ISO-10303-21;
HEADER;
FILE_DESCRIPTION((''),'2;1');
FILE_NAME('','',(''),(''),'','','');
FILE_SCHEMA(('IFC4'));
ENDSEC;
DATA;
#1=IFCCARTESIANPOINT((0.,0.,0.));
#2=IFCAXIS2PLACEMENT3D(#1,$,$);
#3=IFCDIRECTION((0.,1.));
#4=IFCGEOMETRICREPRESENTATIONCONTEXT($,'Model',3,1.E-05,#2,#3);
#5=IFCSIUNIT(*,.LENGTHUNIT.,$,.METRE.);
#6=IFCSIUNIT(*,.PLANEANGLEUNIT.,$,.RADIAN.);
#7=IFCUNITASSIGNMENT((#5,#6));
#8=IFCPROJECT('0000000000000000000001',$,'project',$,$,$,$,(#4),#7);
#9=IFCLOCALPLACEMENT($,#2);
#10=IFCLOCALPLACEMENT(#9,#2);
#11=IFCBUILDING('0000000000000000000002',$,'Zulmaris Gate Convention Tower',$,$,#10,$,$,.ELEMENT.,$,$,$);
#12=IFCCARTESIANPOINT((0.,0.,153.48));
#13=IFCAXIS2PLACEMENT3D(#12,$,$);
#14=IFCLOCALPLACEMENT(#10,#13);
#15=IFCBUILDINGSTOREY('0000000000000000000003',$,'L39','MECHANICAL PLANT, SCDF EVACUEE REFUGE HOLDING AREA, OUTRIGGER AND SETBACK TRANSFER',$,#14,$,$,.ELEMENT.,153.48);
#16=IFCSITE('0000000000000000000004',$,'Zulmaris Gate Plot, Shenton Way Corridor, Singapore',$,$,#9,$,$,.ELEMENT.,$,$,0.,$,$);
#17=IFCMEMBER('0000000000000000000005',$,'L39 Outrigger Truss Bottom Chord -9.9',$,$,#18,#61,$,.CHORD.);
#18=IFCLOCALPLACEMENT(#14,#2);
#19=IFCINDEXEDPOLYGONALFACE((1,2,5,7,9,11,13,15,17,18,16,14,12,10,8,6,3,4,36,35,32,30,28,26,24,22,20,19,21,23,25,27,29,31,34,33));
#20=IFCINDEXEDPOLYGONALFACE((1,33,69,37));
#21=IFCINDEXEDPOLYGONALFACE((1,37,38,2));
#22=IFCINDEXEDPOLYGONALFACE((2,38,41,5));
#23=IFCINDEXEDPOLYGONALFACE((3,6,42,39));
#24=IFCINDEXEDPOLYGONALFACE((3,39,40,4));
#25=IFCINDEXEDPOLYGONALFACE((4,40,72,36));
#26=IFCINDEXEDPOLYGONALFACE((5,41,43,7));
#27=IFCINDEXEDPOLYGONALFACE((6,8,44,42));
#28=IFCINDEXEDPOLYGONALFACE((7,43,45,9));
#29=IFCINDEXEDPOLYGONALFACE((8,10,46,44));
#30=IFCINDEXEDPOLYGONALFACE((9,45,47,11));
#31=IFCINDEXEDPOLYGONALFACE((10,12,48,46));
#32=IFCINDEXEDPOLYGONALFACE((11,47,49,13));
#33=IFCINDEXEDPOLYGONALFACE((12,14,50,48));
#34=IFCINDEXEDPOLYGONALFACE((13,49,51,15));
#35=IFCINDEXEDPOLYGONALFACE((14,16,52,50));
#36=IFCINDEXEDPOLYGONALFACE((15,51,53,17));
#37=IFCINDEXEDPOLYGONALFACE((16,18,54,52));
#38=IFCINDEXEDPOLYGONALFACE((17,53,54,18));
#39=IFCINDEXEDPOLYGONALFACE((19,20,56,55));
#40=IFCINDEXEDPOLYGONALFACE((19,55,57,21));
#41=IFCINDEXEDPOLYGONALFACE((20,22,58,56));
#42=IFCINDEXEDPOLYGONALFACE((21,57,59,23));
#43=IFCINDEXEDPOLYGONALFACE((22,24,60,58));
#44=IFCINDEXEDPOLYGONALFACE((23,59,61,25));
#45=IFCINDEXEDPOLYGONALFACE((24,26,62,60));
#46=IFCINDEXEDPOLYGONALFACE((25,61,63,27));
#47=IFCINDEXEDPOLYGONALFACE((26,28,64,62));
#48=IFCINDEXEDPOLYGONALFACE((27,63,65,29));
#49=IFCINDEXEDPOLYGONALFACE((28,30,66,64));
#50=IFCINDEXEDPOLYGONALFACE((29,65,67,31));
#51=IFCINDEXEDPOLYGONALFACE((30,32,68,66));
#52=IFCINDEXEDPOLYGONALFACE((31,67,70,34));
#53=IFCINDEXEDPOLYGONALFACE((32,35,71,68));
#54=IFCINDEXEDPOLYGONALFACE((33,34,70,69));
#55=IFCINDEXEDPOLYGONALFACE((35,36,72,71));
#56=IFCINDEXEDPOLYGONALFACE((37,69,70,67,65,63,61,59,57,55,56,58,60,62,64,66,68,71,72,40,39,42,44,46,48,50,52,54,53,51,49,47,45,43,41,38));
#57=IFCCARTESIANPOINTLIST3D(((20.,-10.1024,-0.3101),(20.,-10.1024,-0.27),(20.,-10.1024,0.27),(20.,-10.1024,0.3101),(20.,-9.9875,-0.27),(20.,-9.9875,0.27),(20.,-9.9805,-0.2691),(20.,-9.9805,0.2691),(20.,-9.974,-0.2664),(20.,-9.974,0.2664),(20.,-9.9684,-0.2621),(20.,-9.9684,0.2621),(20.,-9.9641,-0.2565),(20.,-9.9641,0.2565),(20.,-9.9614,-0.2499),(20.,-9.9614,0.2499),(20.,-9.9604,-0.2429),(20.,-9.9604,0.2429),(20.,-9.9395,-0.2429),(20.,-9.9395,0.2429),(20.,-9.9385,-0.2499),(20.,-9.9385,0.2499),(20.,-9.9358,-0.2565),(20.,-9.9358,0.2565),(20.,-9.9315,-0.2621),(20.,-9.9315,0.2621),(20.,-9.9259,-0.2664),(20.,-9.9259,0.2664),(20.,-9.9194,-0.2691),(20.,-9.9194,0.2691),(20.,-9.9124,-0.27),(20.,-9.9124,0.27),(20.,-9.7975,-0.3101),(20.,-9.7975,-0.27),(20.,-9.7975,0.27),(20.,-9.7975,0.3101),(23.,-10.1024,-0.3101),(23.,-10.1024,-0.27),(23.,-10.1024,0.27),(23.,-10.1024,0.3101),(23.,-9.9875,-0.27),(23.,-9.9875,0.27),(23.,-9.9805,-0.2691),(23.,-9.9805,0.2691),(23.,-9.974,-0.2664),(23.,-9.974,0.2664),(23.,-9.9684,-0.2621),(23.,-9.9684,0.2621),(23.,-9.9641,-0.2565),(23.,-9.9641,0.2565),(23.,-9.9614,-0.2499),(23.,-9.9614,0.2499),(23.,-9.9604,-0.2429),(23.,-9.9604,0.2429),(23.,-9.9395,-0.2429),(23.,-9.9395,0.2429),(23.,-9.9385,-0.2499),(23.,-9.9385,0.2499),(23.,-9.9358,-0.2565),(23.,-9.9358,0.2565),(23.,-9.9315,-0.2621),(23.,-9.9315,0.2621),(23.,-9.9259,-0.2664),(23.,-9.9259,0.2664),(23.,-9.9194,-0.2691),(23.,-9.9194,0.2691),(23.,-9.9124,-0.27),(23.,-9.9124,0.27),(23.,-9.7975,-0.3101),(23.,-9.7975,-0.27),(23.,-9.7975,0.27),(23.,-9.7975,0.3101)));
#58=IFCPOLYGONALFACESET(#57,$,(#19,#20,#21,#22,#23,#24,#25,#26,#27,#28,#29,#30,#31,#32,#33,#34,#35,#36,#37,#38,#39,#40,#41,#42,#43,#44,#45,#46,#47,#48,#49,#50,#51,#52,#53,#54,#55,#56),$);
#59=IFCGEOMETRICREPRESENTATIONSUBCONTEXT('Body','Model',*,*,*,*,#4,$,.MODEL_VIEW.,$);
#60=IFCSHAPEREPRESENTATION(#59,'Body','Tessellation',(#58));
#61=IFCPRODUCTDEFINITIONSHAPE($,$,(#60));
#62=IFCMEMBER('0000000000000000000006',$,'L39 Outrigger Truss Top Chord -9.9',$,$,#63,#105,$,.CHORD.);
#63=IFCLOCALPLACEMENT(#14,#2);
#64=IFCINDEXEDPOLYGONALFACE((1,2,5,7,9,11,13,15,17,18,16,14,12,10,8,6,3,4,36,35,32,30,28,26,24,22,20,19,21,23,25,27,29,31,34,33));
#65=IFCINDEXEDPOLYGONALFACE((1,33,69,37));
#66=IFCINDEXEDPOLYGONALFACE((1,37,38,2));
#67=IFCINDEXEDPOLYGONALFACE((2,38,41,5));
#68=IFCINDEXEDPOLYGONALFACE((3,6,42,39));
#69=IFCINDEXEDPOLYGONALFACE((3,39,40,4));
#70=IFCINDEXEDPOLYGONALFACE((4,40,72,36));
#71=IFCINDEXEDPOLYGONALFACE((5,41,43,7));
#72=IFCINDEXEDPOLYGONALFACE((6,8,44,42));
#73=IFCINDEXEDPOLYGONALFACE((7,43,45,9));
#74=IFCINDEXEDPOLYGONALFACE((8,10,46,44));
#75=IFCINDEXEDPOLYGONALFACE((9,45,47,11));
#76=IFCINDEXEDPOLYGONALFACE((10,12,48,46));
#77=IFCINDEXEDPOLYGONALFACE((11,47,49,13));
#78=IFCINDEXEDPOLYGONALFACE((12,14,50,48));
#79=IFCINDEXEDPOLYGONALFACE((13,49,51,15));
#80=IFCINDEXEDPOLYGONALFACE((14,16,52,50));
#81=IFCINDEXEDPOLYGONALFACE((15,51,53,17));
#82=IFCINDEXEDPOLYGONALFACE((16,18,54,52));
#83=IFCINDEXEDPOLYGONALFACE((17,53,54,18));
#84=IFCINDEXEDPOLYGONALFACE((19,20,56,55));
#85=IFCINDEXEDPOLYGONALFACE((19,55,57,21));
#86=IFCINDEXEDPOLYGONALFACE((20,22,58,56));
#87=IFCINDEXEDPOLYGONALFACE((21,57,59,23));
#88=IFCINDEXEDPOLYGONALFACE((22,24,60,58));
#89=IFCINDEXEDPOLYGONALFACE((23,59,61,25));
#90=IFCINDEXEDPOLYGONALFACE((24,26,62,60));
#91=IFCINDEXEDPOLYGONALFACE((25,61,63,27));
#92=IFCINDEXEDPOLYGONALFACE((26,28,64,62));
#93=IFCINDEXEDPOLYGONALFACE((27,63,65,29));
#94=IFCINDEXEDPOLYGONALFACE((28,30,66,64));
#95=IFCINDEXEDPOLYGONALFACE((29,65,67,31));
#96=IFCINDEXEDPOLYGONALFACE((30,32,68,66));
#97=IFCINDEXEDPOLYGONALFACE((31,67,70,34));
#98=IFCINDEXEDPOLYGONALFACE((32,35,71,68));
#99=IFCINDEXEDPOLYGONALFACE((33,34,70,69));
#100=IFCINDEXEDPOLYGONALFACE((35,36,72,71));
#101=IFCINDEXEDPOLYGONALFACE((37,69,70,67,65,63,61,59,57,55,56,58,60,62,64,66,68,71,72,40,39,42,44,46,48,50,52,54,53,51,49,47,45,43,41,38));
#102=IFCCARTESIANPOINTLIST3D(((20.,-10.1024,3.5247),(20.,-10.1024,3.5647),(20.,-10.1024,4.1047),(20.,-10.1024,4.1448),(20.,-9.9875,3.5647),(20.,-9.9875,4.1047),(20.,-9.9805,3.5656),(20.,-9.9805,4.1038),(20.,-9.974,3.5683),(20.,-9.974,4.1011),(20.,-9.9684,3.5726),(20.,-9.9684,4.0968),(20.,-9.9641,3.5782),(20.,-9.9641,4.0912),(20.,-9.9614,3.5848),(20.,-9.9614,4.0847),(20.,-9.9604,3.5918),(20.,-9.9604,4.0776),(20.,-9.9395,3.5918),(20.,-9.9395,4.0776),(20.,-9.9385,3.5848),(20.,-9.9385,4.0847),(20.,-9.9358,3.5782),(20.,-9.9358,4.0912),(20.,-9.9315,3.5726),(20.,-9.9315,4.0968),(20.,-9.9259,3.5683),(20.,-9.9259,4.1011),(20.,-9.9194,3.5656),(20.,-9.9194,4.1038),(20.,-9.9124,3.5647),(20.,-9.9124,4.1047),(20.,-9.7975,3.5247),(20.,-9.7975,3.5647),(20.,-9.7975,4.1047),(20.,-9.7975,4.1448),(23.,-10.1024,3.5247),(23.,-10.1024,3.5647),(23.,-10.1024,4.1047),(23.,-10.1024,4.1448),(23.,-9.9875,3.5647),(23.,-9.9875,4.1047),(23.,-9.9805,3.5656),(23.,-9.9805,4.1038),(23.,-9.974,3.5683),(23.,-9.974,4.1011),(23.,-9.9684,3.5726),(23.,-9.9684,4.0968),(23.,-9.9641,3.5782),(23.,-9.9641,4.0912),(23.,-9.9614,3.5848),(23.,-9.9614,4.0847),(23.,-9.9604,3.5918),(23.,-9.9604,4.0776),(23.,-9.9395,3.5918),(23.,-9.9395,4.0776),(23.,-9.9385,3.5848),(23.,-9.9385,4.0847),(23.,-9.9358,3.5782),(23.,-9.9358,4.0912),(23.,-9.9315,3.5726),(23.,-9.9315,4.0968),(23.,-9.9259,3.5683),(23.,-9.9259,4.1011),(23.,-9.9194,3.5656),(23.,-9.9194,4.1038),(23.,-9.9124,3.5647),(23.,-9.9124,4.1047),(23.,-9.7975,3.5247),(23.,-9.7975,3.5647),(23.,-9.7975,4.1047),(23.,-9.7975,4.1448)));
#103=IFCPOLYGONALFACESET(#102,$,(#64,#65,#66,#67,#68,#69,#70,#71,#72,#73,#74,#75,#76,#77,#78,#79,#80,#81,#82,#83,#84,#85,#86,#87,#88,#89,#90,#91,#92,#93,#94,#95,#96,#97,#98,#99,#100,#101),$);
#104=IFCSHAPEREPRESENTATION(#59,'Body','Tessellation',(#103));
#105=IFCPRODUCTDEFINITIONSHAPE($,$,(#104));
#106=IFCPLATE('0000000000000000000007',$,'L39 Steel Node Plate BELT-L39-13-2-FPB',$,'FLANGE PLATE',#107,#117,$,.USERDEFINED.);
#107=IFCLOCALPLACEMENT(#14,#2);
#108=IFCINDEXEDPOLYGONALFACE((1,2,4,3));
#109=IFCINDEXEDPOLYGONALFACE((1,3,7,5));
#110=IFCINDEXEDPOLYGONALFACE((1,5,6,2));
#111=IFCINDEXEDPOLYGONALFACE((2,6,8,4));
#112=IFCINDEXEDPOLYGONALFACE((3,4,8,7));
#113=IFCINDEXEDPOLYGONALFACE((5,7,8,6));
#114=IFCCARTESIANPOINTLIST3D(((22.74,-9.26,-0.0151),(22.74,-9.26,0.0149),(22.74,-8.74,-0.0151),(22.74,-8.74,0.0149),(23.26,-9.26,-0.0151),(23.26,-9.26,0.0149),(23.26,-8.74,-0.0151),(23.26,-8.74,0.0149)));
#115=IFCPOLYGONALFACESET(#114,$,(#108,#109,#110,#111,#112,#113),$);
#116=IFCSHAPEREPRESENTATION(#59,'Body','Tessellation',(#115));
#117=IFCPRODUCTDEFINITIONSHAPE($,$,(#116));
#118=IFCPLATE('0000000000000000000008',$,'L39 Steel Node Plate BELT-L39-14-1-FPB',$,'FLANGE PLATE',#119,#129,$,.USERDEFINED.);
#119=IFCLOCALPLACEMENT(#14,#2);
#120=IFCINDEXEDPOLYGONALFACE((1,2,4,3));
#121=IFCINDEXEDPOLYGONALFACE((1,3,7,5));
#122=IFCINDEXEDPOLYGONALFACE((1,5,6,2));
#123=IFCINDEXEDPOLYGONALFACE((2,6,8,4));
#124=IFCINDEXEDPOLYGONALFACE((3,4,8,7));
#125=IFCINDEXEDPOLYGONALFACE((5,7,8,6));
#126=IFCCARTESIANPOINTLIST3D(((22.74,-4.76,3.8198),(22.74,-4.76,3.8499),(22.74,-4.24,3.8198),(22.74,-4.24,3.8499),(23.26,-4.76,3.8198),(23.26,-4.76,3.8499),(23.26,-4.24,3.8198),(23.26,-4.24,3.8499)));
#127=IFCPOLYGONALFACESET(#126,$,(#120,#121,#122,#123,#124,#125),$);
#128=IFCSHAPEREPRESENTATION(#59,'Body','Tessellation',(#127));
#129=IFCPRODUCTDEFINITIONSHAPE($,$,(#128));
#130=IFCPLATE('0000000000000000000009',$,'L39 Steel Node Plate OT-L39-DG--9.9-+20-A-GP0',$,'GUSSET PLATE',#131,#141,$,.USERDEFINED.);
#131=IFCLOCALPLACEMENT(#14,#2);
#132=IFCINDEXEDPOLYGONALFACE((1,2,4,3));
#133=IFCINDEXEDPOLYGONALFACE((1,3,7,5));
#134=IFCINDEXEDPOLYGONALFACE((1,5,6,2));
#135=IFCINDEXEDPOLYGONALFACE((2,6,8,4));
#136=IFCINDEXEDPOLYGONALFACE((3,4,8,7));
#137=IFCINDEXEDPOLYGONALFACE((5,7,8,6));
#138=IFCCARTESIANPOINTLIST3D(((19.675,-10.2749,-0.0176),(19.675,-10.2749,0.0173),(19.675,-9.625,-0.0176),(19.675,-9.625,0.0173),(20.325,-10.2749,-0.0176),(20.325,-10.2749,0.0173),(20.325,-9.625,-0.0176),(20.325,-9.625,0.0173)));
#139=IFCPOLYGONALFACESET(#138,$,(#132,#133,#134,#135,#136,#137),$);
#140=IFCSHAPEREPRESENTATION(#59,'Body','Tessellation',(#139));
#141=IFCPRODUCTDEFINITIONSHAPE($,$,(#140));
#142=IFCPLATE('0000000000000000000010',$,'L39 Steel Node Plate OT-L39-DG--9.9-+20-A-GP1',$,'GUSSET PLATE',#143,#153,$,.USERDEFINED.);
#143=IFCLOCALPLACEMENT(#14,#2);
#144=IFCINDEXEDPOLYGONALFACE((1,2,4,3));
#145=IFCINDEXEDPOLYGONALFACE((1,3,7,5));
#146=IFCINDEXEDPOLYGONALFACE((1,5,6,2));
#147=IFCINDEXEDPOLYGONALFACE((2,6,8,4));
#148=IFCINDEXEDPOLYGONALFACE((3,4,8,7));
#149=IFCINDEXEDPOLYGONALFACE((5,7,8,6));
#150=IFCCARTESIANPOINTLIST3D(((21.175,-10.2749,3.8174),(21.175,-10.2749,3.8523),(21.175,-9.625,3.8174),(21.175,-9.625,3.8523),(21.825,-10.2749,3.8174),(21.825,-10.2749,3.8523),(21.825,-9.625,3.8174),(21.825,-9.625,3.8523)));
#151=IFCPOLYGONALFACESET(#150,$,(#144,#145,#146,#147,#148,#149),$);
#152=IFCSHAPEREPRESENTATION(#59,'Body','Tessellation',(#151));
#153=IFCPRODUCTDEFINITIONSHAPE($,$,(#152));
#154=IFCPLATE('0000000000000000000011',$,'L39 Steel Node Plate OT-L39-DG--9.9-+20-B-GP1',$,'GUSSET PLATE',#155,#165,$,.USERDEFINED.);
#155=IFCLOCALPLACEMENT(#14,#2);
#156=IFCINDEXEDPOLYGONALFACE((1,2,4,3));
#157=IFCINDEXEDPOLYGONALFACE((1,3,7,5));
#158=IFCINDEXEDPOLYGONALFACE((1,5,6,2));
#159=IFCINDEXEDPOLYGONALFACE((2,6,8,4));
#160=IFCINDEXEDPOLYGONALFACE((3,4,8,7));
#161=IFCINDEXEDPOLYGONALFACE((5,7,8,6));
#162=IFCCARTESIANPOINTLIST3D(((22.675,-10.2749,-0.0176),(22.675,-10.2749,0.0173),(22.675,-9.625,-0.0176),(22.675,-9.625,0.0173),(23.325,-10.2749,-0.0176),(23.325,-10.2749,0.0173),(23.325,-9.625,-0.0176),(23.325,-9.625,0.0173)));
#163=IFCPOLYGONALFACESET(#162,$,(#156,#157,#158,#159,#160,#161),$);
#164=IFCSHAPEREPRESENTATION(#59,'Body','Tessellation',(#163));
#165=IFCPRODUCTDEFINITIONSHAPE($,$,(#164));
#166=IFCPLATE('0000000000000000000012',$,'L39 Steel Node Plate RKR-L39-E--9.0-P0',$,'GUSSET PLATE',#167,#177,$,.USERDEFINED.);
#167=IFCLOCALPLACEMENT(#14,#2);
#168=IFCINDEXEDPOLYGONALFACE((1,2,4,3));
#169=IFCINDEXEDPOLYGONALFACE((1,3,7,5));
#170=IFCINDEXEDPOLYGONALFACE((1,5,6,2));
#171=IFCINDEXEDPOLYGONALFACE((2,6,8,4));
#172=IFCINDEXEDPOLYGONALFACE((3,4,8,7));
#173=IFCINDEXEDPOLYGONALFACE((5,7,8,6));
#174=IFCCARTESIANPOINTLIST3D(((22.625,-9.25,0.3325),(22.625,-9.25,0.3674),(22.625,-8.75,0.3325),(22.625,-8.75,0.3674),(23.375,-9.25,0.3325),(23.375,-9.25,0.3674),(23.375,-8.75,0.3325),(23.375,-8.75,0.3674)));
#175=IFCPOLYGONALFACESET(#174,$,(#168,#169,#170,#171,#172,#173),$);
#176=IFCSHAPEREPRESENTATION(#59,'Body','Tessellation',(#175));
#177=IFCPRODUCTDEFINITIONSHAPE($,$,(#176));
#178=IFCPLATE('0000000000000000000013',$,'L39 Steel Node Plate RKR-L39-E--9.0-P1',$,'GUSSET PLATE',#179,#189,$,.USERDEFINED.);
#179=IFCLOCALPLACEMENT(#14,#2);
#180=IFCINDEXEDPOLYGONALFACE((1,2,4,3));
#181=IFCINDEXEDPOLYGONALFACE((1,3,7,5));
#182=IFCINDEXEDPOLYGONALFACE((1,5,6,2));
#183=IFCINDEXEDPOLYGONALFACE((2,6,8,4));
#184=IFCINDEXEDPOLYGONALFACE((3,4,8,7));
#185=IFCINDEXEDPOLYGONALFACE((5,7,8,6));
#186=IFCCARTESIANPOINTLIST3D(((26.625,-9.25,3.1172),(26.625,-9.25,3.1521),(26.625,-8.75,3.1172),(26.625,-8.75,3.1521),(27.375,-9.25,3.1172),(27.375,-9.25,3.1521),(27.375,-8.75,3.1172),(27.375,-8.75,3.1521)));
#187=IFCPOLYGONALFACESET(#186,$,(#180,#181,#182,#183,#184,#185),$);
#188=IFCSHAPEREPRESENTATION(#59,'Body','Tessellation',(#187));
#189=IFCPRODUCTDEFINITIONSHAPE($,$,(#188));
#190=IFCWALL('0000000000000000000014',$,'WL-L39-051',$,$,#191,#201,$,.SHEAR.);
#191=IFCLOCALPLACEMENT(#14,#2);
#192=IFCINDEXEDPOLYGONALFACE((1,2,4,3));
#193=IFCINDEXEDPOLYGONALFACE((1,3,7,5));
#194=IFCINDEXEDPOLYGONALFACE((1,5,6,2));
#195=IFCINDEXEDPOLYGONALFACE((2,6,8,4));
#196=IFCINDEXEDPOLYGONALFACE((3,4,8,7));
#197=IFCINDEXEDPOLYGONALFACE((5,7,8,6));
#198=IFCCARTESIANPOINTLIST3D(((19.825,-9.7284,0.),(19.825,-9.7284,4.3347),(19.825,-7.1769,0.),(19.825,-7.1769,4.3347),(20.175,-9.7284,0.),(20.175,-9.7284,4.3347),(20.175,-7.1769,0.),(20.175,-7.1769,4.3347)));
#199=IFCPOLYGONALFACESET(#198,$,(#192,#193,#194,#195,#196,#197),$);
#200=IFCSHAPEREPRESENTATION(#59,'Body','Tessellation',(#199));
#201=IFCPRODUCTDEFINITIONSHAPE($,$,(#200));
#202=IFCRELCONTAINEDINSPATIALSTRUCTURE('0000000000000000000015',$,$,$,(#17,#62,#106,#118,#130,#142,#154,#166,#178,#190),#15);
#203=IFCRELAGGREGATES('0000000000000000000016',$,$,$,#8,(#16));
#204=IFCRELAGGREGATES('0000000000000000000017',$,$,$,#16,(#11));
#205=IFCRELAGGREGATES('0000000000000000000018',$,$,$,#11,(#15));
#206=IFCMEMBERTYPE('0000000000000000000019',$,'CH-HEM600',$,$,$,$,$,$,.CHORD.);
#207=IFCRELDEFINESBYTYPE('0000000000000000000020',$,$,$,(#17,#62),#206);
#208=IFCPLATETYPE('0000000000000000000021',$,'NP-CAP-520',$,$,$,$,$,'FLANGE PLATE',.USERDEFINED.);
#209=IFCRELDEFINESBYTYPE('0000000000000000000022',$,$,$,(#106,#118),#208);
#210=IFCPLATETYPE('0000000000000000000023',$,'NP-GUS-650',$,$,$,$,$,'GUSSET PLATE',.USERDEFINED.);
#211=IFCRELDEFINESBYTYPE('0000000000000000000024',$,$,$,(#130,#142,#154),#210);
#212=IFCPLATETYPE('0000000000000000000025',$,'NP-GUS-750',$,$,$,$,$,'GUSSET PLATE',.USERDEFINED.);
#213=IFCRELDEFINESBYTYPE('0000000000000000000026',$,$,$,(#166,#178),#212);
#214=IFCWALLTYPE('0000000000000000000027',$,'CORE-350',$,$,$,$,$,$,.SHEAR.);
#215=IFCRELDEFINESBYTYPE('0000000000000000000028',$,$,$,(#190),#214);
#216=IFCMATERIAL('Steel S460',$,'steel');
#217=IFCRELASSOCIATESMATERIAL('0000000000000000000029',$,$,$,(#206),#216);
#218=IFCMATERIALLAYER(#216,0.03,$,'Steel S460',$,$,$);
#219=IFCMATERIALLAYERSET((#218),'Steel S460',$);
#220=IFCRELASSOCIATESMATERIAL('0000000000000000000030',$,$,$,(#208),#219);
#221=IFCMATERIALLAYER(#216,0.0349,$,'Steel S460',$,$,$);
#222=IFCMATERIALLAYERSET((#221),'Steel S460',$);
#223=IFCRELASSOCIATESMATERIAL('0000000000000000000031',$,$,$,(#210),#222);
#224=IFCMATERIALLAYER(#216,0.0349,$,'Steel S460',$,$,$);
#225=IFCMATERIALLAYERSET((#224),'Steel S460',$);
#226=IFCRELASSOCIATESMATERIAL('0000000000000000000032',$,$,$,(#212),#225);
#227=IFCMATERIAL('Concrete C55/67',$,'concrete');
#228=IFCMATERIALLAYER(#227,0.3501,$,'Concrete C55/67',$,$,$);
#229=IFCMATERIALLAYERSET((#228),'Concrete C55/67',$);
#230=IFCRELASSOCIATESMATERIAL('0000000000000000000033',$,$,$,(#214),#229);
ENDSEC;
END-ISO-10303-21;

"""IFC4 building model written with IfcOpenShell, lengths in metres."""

from ifc_helpers import new_model, si_unit, direction, frame, frame_2d, origin, origin_2d, place, context, subcontext, project, spatial, rectangle, i_section, extrude, material, layer, layer_set, material_profile, profile_set, type_object, element, save


model = new_model("IFC4")

# Units and contexts
model_context = context("Model", 3, precision=1e-05, world=origin(), true_north=direction((0.0, 1.0)))
body_context = subcontext(model_context, "Body", "Model", "MODEL_VIEW")
ifc_project = project(units=[si_unit("LENGTHUNIT", "METRE"), si_unit("PLANEANGLEUNIT", "RADIAN")], contexts=[model_context])

# Site, building, storey
site_placement = place(None, origin())
site = spatial("IfcSite", under=ifc_project, at=site_placement, Name="Zulmaris Gate Plot, Shenton Way Corridor, Singapore", CompositionType="ELEMENT", RefElevation=0.0)
building_placement = place(site_placement, origin())
building = spatial("IfcBuilding", under=site, at=building_placement, Name="Zulmaris Gate Convention Tower", CompositionType="ELEMENT")
storey_placement = place(building_placement, frame((0.0, 0.0, 153.48)))
storey = spatial("IfcBuildingStorey", under=building, at=storey_placement, Name="L39", Description="MECHANICAL PLANT, SCDF EVACUEE REFUGE HOLDING AREA, OUTRIGGER AND SETBACK TRANSFER", CompositionType="ELEMENT", Elevation=153.48)

# Shared definitions
ifc_material_1 = material(Name="Steel S460", Category="steel")

# Members
ifc_material_profile_1 = material_profile(ifc_material_1, i_section(OverallWidth=0.3049, OverallDepth=0.6201, WebThickness=0.021, FlangeThickness=0.04, FilletRadius=0.0271, at=origin_2d()), Name="HEM 600")
ifc_profile_set_1 = profile_set([ifc_material_profile_1], Name="Steel S460")
member_type_1 = type_object("IfcMemberType", Name="CH-HEM600", PredefinedType="CHORD", material=ifc_profile_set_1)
for number, where, z_axis, x_axis, name in (
    (1, (20.0, -9.95, 0.0), (1.0, 0.0, 0.0), (0.0, 1.0, 0.0), "L39 Outrigger Truss Bottom Chord -9.9"),
    (2, (20.0, -9.95, 3.8347), (1.0, 0.0, 0.0), (0.0, 1.0, 0.0), "L39 Outrigger Truss Top Chord -9.9"),
):
    element("IfcMember", number, at=place(storey_placement, frame(where, z_axis=z_axis, x_axis=x_axis)), inside=storey, type_object=member_type_1, Name=name, PredefinedType="CHORD", context=body_context, shape_type="SweptSolid", body=[
        extrude(i_section(OverallWidth=0.3049, OverallDepth=0.6201, WebThickness=0.021, FlangeThickness=0.04, FilletRadius=0.0271, at=origin_2d()), origin(), (0.0, 0.0, 1.0), 3.0),
    ])

# Plates
ifc_layer_1 = layer(ifc_material_1, 0.03, Name="Steel S460")
ifc_layer_set_1 = layer_set([ifc_layer_1], Name="Steel S460")
plate_type_1 = type_object("IfcPlateType", Name="NP-CAP-520", ElementType="FLANGE PLATE", PredefinedType="USERDEFINED", material=ifc_layer_set_1)
for number, where, z_axis, x_axis, name in (
    (3, (23.0, -9.0, -0.0151), (0.0, 0.0, 1.0), (1.0, 0.0, 0.0), "L39 Steel Node Plate BELT-L39-13-2-FPB"),
    (4, (23.0, -4.5, 3.8198), (0.0, 0.0, 1.0), (1.0, 0.0, 0.0), "L39 Steel Node Plate BELT-L39-14-1-FPB"),
):
    element("IfcPlate", number, at=place(storey_placement, frame(where, z_axis=z_axis, x_axis=x_axis)), inside=storey, type_object=plate_type_1, Name=name, ObjectType="FLANGE PLATE", PredefinedType="USERDEFINED", context=body_context, shape_type="SweptSolid", body=[
        extrude(rectangle(XDim=0.52, YDim=0.52, at=origin_2d()), origin(), (0.0, 0.0, 1.0), 0.03),
    ])
ifc_layer_2 = layer(ifc_material_1, 0.0349, Name="Steel S460")
ifc_layer_set_2 = layer_set([ifc_layer_2], Name="Steel S460")
plate_type_2 = type_object("IfcPlateType", Name="NP-GUS-650", ElementType="GUSSET PLATE", PredefinedType="USERDEFINED", material=ifc_layer_set_2)
for number, where, z_axis, x_axis, name in (
    (5, (20.0, -9.95, -0.0176), (0.0, 0.0, 1.0), (1.0, 0.0, 0.0), "L39 Steel Node Plate OT-L39-DG--9.9-+20-A-GP0"),
    (6, (21.5, -9.95, 3.8174), (0.0, 0.0, 1.0), (1.0, 0.0, 0.0), "L39 Steel Node Plate OT-L39-DG--9.9-+20-A-GP1"),
    (7, (23.0, -9.95, -0.0176), (0.0, 0.0, 1.0), (1.0, 0.0, 0.0), "L39 Steel Node Plate OT-L39-DG--9.9-+20-B-GP1"),
):
    element("IfcPlate", number, at=place(storey_placement, frame(where, z_axis=z_axis, x_axis=x_axis)), inside=storey, type_object=plate_type_2, Name=name, ObjectType="GUSSET PLATE", PredefinedType="USERDEFINED", context=body_context, shape_type="SweptSolid", body=[
        extrude(rectangle(XDim=0.6499, YDim=0.6499, at=origin_2d()), origin(), (0.0, 0.0, 1.0), 0.0349),
    ])
ifc_layer_3 = layer(ifc_material_1, 0.0349, Name="Steel S460")
ifc_layer_set_3 = layer_set([ifc_layer_3], Name="Steel S460")
plate_type_3 = type_object("IfcPlateType", Name="NP-GUS-750", ElementType="GUSSET PLATE", PredefinedType="USERDEFINED", material=ifc_layer_set_3)
for number, where, z_axis, x_axis, name in (
    (8, (23.0, -9.0, 0.3325), (0.0, 0.0, 1.0), (1.0, 0.0, 0.0), "L39 Steel Node Plate RKR-L39-E--9.0-P0"),
    (9, (27.0, -9.0, 3.1172), (0.0, 0.0, 1.0), (1.0, 0.0, 0.0), "L39 Steel Node Plate RKR-L39-E--9.0-P1"),
):
    element("IfcPlate", number, at=place(storey_placement, frame(where, z_axis=z_axis, x_axis=x_axis)), inside=storey, type_object=plate_type_3, Name=name, ObjectType="GUSSET PLATE", PredefinedType="USERDEFINED", context=body_context, shape_type="SweptSolid", body=[
        extrude(rectangle(XDim=0.75, YDim=0.5, at=origin_2d()), origin(), (0.0, 0.0, 1.0), 0.0349),
    ])

# Wall
ifc_material_2 = material(Name="Concrete C55/67", Category="concrete")
ifc_layer_4 = layer(ifc_material_2, 0.3501, Name="Concrete C55/67")
ifc_layer_set_4 = layer_set([ifc_layer_4], Name="Concrete C55/67")
wall_type_1 = type_object("IfcWallType", Name="CORE-350", PredefinedType="SHEAR", material=ifc_layer_set_4)
wall_1_placement = place(storey_placement, frame((20.0, -9.7285, 0.0), z_axis=(0.0, 0.0, 1.0), x_axis=(0.0, 1.0, 0.0)))
element("IfcWall", 10, at=wall_1_placement, inside=storey, type_object=wall_type_1, Name="WL-L39-051", PredefinedType="SHEAR", context=body_context, shape_type="SweptSolid", body=[
    extrude(rectangle(XDim=2.5515, YDim=0.3501, at=frame_2d((1.2759, 0.0))), origin(), (0.0, 0.0, 1.0), 4.3347),
])

save(model, "model.ifc")
